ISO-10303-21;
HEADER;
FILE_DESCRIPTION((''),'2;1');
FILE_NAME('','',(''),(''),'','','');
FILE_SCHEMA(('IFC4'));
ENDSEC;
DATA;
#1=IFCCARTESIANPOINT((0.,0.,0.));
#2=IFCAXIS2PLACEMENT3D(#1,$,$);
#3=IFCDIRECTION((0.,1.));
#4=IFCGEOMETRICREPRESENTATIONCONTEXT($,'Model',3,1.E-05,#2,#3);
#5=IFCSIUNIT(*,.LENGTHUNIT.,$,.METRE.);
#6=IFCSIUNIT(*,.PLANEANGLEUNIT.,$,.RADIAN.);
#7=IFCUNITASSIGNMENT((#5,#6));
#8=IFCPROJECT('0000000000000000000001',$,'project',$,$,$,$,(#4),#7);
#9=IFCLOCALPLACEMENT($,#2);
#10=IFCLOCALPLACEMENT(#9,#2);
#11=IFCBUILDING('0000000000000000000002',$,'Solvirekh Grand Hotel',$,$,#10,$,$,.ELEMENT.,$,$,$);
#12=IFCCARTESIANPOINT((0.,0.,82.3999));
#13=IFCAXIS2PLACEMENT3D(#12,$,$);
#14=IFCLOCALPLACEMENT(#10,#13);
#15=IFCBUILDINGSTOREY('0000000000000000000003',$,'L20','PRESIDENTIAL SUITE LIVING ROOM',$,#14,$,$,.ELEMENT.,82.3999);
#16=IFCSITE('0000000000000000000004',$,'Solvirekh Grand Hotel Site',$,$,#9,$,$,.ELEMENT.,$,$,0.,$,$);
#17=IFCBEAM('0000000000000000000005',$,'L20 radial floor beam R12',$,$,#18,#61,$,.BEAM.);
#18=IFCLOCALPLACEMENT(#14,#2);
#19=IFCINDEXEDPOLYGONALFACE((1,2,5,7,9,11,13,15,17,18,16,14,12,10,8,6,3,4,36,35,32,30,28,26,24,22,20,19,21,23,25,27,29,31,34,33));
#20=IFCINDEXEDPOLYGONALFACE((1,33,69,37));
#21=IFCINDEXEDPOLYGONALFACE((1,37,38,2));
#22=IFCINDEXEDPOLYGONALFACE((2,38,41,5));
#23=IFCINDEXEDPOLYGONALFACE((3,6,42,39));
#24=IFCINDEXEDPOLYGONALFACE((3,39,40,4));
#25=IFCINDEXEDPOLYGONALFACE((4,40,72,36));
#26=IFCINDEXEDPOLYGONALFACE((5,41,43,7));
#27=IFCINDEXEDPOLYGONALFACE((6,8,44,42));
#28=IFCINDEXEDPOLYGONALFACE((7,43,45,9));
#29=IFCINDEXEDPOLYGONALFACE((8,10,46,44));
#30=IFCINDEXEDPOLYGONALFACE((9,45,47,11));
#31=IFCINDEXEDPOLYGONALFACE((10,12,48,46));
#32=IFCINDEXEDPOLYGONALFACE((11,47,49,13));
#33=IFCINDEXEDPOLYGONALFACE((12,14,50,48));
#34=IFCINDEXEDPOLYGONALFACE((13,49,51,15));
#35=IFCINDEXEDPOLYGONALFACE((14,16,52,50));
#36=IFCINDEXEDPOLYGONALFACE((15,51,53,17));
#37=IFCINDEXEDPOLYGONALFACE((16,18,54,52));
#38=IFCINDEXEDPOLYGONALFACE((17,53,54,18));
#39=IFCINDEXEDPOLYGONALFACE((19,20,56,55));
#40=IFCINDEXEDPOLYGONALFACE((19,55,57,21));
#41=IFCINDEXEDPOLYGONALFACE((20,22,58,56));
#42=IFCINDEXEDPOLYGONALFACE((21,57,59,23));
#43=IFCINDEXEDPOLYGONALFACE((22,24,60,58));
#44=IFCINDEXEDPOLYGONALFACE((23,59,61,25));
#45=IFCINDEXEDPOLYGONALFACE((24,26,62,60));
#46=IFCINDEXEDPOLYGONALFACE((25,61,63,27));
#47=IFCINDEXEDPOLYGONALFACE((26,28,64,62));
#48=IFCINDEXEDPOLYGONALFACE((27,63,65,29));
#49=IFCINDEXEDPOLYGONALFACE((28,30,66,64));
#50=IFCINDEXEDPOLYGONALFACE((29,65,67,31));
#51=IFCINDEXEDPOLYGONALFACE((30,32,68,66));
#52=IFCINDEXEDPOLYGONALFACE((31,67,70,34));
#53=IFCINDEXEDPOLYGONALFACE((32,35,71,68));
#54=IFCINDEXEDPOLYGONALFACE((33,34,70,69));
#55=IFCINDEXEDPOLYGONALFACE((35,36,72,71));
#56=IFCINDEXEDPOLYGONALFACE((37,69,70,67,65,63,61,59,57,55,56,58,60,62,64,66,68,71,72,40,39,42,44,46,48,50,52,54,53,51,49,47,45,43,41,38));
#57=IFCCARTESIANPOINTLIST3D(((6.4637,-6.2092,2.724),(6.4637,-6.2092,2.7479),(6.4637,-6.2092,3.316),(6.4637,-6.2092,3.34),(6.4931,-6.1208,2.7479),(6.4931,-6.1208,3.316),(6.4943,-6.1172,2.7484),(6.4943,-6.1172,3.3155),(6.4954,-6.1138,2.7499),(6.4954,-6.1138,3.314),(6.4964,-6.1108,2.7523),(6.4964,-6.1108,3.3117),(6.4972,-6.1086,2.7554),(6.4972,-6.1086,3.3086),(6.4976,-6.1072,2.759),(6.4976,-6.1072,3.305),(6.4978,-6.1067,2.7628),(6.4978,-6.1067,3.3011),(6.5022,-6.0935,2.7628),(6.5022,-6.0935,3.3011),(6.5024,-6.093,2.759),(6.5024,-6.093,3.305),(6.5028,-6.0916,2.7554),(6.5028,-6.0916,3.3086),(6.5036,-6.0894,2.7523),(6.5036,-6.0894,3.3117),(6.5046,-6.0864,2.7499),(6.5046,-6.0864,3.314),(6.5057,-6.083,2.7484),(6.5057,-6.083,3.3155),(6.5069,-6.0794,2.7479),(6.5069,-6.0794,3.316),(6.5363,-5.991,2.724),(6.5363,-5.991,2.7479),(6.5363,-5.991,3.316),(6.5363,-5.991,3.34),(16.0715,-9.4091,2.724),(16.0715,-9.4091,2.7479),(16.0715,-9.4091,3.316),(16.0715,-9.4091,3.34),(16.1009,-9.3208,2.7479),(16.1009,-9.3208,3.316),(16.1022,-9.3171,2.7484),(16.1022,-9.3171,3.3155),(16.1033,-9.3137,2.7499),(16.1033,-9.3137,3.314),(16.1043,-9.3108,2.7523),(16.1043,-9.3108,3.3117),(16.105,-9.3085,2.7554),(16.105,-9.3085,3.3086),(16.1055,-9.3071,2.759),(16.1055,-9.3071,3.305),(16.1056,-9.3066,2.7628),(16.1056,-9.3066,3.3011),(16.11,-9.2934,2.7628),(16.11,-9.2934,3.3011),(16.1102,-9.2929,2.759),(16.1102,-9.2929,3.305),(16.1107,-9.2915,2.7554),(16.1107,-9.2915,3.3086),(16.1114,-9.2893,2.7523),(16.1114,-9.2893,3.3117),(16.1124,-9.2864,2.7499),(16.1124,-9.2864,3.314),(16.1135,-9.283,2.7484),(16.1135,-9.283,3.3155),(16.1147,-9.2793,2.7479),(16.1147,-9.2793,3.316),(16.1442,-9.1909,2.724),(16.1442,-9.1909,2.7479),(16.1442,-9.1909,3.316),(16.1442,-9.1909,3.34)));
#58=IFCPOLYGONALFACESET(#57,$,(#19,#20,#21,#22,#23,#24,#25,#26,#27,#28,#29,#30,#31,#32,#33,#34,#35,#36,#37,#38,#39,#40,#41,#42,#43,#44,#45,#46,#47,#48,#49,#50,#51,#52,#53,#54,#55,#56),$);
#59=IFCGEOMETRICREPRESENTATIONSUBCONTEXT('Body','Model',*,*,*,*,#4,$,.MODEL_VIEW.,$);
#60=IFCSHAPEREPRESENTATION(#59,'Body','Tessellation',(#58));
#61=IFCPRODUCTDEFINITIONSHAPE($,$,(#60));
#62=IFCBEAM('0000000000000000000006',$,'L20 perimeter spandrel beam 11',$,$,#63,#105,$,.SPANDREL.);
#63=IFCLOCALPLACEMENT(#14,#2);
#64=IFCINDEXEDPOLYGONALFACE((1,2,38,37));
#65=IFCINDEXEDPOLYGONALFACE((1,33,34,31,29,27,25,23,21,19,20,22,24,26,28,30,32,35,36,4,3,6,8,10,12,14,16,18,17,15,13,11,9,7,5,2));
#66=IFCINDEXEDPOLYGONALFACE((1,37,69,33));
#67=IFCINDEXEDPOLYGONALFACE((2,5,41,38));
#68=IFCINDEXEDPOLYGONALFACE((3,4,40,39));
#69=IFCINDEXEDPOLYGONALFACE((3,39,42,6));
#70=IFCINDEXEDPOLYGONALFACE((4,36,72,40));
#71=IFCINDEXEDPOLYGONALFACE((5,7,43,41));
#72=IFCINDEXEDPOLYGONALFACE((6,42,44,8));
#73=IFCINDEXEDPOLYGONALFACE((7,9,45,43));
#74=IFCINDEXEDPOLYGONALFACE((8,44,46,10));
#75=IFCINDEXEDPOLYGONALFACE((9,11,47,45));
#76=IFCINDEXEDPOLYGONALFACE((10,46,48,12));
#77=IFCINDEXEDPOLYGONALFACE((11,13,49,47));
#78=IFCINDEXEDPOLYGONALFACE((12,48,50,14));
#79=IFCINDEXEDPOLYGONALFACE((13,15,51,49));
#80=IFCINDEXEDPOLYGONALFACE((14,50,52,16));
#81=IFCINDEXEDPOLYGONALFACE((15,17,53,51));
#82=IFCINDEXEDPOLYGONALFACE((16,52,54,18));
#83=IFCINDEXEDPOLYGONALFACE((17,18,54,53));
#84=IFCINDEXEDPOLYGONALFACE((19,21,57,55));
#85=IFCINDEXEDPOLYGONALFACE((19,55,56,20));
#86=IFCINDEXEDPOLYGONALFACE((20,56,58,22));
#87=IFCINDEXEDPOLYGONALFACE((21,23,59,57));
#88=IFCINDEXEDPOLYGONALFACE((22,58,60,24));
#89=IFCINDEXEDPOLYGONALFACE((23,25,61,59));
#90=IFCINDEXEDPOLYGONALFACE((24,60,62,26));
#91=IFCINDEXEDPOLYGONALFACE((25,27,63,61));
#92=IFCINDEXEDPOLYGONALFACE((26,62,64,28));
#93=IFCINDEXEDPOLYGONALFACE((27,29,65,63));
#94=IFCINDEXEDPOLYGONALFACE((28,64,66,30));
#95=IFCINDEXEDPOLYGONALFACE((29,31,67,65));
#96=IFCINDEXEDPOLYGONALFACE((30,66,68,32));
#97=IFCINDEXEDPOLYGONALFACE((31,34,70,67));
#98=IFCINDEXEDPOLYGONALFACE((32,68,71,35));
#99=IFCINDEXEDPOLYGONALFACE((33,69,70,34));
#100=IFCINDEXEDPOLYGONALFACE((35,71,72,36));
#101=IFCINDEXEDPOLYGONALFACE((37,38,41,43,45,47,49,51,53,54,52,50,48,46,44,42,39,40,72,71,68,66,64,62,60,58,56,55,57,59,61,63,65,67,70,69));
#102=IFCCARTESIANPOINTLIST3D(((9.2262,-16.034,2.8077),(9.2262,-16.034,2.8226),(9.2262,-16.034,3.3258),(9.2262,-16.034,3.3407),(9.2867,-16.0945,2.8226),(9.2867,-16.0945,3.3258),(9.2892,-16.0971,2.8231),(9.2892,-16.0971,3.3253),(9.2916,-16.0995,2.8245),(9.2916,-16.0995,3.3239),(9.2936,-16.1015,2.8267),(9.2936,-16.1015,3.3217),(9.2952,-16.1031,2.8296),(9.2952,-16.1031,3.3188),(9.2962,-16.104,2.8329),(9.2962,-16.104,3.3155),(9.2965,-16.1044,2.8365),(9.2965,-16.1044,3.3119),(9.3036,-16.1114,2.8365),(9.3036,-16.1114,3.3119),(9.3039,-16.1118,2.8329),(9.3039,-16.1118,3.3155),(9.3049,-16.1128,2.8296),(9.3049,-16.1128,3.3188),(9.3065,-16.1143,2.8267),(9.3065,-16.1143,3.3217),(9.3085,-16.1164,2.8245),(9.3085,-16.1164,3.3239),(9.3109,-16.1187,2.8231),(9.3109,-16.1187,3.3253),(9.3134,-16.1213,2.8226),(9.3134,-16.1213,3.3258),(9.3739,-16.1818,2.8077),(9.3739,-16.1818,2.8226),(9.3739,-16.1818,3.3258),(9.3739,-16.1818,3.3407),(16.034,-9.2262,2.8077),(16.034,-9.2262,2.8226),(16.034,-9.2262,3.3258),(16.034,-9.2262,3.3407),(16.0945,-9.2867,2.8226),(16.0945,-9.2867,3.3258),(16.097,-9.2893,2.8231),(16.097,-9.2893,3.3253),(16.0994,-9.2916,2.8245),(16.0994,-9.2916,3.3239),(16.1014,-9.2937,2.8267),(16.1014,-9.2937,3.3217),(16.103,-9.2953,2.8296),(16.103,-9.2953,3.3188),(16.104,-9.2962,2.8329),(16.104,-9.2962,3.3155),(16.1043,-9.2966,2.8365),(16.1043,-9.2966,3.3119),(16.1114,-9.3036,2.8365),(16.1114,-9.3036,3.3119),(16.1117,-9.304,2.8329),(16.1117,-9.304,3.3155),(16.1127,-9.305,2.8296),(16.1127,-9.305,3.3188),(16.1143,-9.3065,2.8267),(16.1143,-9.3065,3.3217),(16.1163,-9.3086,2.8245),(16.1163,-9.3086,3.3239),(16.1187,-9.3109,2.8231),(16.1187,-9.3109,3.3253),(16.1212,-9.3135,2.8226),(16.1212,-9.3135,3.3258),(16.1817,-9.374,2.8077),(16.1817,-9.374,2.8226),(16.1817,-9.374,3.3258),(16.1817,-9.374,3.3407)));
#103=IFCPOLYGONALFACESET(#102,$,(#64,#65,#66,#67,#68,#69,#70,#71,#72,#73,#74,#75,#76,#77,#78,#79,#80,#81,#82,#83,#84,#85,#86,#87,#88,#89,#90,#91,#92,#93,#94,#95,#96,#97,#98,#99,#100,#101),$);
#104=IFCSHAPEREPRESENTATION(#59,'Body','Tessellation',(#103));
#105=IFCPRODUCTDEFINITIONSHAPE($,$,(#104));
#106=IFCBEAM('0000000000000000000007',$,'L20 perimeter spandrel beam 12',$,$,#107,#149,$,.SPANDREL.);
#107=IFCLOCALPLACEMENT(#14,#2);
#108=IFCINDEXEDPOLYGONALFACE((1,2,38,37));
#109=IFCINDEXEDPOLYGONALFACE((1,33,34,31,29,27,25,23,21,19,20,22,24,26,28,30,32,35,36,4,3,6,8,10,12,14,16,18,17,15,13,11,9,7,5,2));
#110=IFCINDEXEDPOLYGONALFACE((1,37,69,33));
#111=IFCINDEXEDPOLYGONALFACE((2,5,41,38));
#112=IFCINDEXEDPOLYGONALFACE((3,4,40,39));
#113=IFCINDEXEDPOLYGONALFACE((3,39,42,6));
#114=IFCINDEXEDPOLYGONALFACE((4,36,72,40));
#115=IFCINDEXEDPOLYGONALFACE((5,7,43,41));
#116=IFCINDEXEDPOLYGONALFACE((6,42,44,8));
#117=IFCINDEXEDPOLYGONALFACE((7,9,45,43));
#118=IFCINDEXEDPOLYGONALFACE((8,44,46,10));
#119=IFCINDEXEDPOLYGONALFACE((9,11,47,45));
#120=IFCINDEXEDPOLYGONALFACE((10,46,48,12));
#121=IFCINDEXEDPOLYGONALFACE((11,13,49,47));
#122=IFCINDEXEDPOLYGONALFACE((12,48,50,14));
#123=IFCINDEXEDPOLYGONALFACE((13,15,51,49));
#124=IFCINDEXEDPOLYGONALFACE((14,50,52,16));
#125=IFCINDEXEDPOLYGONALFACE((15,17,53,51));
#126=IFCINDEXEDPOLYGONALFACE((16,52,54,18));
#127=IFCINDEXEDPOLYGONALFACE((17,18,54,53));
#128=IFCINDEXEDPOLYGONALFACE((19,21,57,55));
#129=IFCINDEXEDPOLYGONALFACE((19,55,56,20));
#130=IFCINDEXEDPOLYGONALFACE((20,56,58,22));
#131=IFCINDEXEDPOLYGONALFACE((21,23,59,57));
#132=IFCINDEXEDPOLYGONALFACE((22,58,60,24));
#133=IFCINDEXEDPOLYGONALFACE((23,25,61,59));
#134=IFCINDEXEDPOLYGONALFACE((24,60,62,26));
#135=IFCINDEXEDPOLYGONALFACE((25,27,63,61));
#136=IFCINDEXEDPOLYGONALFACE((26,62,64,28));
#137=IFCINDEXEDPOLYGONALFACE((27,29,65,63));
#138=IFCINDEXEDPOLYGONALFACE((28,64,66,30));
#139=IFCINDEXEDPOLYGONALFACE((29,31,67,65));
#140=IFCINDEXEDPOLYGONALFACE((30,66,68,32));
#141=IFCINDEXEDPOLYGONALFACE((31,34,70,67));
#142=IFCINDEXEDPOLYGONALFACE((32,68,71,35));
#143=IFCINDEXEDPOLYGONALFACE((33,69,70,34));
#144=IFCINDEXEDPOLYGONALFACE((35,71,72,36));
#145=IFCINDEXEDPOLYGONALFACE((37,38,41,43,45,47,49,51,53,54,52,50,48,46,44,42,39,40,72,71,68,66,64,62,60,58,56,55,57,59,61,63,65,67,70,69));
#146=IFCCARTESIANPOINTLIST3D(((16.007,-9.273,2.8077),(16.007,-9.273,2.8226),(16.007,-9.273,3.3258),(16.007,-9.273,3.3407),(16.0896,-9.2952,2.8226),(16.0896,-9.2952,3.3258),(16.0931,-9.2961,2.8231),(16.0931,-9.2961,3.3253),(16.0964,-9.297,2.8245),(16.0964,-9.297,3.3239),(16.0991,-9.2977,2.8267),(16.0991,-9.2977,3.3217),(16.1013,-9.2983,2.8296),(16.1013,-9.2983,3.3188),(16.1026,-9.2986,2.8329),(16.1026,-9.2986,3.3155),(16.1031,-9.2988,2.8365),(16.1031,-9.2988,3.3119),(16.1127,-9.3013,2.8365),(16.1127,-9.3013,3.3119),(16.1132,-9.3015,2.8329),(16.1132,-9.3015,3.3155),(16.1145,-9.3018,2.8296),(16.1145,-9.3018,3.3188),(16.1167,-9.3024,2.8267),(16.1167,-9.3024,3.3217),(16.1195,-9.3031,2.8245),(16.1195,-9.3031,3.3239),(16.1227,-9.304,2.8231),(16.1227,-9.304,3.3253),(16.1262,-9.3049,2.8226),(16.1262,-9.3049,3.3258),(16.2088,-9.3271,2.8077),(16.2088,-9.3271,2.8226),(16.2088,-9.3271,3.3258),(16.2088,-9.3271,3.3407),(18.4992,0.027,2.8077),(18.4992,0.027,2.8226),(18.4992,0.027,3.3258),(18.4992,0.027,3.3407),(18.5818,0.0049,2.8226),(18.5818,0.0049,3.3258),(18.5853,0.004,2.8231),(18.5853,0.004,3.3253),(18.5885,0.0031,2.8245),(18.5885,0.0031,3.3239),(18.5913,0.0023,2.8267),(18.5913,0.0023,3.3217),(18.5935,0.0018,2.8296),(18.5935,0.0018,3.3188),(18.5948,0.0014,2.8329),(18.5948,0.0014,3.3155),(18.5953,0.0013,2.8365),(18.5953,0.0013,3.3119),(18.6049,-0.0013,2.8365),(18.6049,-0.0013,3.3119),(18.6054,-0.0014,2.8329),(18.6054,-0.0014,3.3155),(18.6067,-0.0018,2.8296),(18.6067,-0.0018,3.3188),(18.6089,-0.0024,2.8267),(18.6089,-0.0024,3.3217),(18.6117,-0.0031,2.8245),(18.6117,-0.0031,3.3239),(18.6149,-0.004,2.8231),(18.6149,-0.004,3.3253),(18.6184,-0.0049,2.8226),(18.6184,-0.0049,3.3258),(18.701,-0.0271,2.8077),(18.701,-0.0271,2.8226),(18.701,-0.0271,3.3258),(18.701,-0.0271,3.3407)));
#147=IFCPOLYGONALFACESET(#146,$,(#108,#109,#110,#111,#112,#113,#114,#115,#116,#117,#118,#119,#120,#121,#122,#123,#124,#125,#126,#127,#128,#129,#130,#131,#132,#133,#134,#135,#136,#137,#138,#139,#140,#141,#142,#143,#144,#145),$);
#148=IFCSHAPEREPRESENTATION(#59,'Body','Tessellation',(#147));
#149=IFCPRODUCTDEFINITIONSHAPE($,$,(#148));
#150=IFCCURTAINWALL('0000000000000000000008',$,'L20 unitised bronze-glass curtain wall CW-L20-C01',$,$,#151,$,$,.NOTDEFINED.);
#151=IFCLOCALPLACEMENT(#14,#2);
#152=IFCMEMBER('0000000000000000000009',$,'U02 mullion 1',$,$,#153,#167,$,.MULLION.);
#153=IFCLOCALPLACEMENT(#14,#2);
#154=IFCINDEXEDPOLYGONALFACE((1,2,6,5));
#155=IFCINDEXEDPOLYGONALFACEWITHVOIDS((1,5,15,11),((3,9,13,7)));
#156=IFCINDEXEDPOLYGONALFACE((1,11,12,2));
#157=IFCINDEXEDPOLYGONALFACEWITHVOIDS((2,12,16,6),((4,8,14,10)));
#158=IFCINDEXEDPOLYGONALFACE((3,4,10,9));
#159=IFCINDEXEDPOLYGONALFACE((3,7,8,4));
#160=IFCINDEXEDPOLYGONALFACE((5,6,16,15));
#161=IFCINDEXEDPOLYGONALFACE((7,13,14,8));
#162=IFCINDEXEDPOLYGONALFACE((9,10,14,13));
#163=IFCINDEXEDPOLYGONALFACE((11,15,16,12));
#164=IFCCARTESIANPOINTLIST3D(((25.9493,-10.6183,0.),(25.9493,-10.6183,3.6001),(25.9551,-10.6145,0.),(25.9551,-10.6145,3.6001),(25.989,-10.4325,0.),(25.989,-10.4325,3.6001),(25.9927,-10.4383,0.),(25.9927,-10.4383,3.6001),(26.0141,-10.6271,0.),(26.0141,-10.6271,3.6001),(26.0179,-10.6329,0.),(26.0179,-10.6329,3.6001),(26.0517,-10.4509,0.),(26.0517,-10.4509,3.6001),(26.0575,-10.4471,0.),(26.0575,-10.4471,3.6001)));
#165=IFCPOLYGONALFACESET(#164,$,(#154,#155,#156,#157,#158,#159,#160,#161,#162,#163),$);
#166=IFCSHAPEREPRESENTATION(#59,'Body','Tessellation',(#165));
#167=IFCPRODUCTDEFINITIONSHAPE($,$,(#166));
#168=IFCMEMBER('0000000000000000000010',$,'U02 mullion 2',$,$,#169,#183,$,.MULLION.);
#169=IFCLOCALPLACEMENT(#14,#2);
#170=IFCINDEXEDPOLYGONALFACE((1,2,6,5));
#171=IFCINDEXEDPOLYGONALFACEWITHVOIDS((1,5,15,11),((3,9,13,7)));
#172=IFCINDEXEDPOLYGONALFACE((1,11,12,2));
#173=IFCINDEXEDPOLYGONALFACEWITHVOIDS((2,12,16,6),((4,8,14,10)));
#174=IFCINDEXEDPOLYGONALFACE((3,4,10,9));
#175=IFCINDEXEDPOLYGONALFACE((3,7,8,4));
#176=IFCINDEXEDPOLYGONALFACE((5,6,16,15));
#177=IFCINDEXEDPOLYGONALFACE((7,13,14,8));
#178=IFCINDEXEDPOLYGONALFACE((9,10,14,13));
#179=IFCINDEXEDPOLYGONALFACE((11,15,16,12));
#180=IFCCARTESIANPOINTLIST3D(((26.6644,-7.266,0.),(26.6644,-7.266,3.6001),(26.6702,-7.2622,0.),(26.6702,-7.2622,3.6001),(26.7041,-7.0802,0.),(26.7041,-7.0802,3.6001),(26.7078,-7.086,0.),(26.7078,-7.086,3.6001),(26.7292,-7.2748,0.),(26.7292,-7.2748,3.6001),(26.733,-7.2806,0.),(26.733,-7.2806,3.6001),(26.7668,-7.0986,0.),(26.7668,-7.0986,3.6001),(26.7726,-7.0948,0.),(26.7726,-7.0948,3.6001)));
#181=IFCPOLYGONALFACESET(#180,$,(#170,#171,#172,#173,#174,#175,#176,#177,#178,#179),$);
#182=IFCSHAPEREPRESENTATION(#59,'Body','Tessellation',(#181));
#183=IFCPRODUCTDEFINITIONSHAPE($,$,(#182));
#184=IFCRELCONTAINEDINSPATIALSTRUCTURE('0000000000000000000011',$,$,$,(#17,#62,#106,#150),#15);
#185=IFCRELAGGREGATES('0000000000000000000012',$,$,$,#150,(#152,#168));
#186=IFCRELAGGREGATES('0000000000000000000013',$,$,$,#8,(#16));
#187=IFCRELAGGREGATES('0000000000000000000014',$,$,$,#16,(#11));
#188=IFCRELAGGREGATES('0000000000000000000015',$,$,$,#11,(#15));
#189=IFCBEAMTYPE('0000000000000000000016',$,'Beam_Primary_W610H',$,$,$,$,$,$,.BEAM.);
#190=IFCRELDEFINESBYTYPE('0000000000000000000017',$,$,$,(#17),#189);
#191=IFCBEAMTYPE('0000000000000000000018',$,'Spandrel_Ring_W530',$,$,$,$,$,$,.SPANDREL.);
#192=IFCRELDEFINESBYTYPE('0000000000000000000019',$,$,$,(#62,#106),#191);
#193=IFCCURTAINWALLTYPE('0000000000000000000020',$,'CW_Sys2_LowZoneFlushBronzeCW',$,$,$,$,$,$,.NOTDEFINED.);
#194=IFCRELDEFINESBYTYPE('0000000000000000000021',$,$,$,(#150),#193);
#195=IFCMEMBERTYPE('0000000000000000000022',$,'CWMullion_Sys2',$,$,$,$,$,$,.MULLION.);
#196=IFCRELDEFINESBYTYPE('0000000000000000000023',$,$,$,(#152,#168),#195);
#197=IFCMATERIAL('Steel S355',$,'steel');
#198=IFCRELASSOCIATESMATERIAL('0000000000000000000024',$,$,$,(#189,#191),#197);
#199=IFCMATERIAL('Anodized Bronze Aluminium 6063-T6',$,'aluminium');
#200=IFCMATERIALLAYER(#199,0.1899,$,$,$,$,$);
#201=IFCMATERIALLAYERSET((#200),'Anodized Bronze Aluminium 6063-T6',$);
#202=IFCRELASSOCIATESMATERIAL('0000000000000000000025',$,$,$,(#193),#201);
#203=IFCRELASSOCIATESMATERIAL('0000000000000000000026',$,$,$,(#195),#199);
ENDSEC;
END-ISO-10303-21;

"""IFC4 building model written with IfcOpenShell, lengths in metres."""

from ifc_helpers import new_model, si_unit, direction, frame, origin, origin_2d, place, context, subcontext, project, spatial, hollow_rectangle, i_section, extrude, source, transform, mapped, material, layer, layer_set, material_profile, profile_set, type_object, element, aggregate, save


model = new_model("IFC4")

# Units and contexts
model_context = context("Model", 3, precision=1e-05, world=origin(), true_north=direction((0.0, 1.0)))
body_context = subcontext(model_context, "Body", "Model", "MODEL_VIEW")
ifc_project = project(units=[si_unit("LENGTHUNIT", "METRE"), si_unit("PLANEANGLEUNIT", "RADIAN")], contexts=[model_context])

# Site, building, storey
site_placement = place(None, origin())
site = spatial("IfcSite", under=ifc_project, at=site_placement, Name="Solvirekh Grand Hotel Site", CompositionType="ELEMENT", RefElevation=0.0)
building_placement = place(site_placement, origin())
building = spatial("IfcBuilding", under=site, at=building_placement, Name="Solvirekh Grand Hotel", CompositionType="ELEMENT")
storey_placement = place(building_placement, frame((0.0, 0.0, 82.3999)))
storey = spatial("IfcBuildingStorey", under=building, at=storey_placement, Name="L20", Description="PRESIDENTIAL SUITE LIVING ROOM", CompositionType="ELEMENT", Elevation=82.3999)

# Beams
ifc_material_1 = material(Name="Steel S355", Category="steel")
ifc_material_profile_1 = material_profile(ifc_material_1, i_section(OverallWidth=0.23, OverallDepth=0.616, WebThickness=0.0139, FlangeThickness=0.0239, FilletRadius=0.0149, at=origin_2d()), Name="W610X174")
ifc_profile_set_1 = profile_set([ifc_material_profile_1], Name="Steel S355")
beam_type_1 = type_object("IfcBeamType", Name="Beam_Primary_W610H", PredefinedType="BEAM", material=ifc_profile_set_1)
beam_1_placement = place(storey_placement, frame((6.5, -6.1001, 3.032), z_axis=(0.948763, -0.315989, 0.0), x_axis=(0.315989, 0.948763, 0.0)))
element("IfcBeam", 1, at=beam_1_placement, inside=storey, type_object=beam_type_1, Name="L20 radial floor beam R12", PredefinedType="BEAM", context=body_context, shape_type="SweptSolid", body=[
    extrude(i_section(OverallWidth=0.23, OverallDepth=0.616, WebThickness=0.0139, FlangeThickness=0.0239, FilletRadius=0.0149, at=origin_2d()), origin(), (0.0, 0.0, 1.0), 10.1267),
])
ifc_material_profile_2 = material_profile(ifc_material_1, i_section(OverallWidth=0.209, OverallDepth=0.533, WebThickness=0.01, FlangeThickness=0.0149, FilletRadius=0.0139, at=origin_2d()), Name="W530X92")
ifc_profile_set_2 = profile_set([ifc_material_profile_2], Name="Steel S355")
beam_type_2 = type_object("IfcBeamType", Name="Spandrel_Ring_W530", PredefinedType="SPANDREL", material=ifc_profile_set_2)
beam_2_placement = place(storey_placement, frame((9.3, -16.1079, 3.0742), z_axis=(0.707107, 0.707107, 0.0), x_axis=(-0.707107, 0.707107, 0.0)))
element("IfcBeam", 2, at=beam_2_placement, inside=storey, type_object=beam_type_2, Name="L20 perimeter spandrel beam 11", PredefinedType="SPANDREL", context=body_context, shape_type="SweptSolid", body=[
    extrude(i_section(OverallWidth=0.209, OverallDepth=0.533, WebThickness=0.01, FlangeThickness=0.0149, FilletRadius=0.0139, at=origin_2d()), origin(), (0.0, 0.0, 1.0), 9.6277),
])
beam_3_placement = place(storey_placement, frame((16.1079, -9.3, 3.0742), z_axis=(0.258843, 0.965919, 0.0), x_axis=(-0.965919, 0.258843, 0.0)))
element("IfcBeam", 3, at=beam_3_placement, inside=storey, type_object=beam_type_2, Name="L20 perimeter spandrel beam 12", PredefinedType="SPANDREL", context=body_context, shape_type="SweptSolid", body=[
    extrude(i_section(OverallWidth=0.209, OverallDepth=0.533, WebThickness=0.01, FlangeThickness=0.0149, FilletRadius=0.0139, at=origin_2d()), origin(), (0.0, 0.0, 1.0), 9.6282),
])

# Curtain wall, members
ifc_material_2 = material(Name="Anodized Bronze Aluminium 6063-T6", Category="aluminium")
ifc_layer_1 = layer(ifc_material_2, 0.1899)
ifc_layer_set_1 = layer_set([ifc_layer_1], Name="Anodized Bronze Aluminium 6063-T6")
curtain_wall_type = type_object("IfcCurtainWallType", Name="CW_Sys2_LowZoneFlushBronzeCW", PredefinedType="NOTDEFINED", material=ifc_layer_set_1)
curtain_wall_1_placement = place(storey_placement, origin())
curtain_wall_1 = element("IfcCurtainWall", 4, at=curtain_wall_1_placement, inside=storey, type_object=curtain_wall_type, Name="L20 unitised bronze-glass curtain wall CW-L20-C01", PredefinedType="NOTDEFINED")
ifc_material_profile_3 = material_profile(ifc_material_2, hollow_rectangle(XDim=0.0701, YDim=0.1899, WallThickness=0.0049, at=origin_2d()), Name="ALU RHS 190X70X5")
ifc_profile_set_3 = profile_set([ifc_material_profile_3], Name="Anodized Bronze Aluminium 6063-T6")
member_type_1 = type_object("IfcMemberType", Name="CWMullion_Sys2", PredefinedType="MULLION", material=ifc_profile_set_3)
shared_shape_1 = source(origin(), body_context, "Body", "SweptSolid", [
    extrude(hollow_rectangle(XDim=0.0701, YDim=0.1899, WallThickness=0.0049, at=origin_2d()), origin(), (0.0, 0.0, 1.0), 3.6001),
])
member_1_placement = place(storey_placement, frame((26.0034, -10.5327, 0.0), z_axis=(0.0, 0.0, 1.0), x_axis=(-0.97799, 0.208651, 0.0)))
member_1 = element("IfcMember", 5, at=member_1_placement, type_object=member_type_1, Name="U02 mullion 1", PredefinedType="MULLION", context=body_context, shape_type="MappedRepresentation", body=[
    mapped(shared_shape_1, transform((0.0, 0.0, 0.0), x_axis=(1.0, 0.0, 0.0), y_axis=(0.0, 1.0, 0.0), z_axis=(0.0, 0.0, 1.0), scale=1.0)),
])
member_2_placement = place(storey_placement, frame((26.7185, -7.1804, 0.0), z_axis=(0.0, 0.0, 1.0), x_axis=(-0.97799, 0.208651, 0.0)))
member_2 = element("IfcMember", 6, at=member_2_placement, type_object=member_type_1, Name="U02 mullion 2", PredefinedType="MULLION", context=body_context, shape_type="MappedRepresentation", body=[
    mapped(shared_shape_1, transform((0.0, 0.0, 0.0), x_axis=(1.0, 0.0, 0.0), y_axis=(0.0, 1.0, 0.0), z_axis=(0.0, 0.0, 1.0), scale=1.0)),
])

aggregate(curtain_wall_1, [member_1, member_2])

save(model, "model.ifc")
